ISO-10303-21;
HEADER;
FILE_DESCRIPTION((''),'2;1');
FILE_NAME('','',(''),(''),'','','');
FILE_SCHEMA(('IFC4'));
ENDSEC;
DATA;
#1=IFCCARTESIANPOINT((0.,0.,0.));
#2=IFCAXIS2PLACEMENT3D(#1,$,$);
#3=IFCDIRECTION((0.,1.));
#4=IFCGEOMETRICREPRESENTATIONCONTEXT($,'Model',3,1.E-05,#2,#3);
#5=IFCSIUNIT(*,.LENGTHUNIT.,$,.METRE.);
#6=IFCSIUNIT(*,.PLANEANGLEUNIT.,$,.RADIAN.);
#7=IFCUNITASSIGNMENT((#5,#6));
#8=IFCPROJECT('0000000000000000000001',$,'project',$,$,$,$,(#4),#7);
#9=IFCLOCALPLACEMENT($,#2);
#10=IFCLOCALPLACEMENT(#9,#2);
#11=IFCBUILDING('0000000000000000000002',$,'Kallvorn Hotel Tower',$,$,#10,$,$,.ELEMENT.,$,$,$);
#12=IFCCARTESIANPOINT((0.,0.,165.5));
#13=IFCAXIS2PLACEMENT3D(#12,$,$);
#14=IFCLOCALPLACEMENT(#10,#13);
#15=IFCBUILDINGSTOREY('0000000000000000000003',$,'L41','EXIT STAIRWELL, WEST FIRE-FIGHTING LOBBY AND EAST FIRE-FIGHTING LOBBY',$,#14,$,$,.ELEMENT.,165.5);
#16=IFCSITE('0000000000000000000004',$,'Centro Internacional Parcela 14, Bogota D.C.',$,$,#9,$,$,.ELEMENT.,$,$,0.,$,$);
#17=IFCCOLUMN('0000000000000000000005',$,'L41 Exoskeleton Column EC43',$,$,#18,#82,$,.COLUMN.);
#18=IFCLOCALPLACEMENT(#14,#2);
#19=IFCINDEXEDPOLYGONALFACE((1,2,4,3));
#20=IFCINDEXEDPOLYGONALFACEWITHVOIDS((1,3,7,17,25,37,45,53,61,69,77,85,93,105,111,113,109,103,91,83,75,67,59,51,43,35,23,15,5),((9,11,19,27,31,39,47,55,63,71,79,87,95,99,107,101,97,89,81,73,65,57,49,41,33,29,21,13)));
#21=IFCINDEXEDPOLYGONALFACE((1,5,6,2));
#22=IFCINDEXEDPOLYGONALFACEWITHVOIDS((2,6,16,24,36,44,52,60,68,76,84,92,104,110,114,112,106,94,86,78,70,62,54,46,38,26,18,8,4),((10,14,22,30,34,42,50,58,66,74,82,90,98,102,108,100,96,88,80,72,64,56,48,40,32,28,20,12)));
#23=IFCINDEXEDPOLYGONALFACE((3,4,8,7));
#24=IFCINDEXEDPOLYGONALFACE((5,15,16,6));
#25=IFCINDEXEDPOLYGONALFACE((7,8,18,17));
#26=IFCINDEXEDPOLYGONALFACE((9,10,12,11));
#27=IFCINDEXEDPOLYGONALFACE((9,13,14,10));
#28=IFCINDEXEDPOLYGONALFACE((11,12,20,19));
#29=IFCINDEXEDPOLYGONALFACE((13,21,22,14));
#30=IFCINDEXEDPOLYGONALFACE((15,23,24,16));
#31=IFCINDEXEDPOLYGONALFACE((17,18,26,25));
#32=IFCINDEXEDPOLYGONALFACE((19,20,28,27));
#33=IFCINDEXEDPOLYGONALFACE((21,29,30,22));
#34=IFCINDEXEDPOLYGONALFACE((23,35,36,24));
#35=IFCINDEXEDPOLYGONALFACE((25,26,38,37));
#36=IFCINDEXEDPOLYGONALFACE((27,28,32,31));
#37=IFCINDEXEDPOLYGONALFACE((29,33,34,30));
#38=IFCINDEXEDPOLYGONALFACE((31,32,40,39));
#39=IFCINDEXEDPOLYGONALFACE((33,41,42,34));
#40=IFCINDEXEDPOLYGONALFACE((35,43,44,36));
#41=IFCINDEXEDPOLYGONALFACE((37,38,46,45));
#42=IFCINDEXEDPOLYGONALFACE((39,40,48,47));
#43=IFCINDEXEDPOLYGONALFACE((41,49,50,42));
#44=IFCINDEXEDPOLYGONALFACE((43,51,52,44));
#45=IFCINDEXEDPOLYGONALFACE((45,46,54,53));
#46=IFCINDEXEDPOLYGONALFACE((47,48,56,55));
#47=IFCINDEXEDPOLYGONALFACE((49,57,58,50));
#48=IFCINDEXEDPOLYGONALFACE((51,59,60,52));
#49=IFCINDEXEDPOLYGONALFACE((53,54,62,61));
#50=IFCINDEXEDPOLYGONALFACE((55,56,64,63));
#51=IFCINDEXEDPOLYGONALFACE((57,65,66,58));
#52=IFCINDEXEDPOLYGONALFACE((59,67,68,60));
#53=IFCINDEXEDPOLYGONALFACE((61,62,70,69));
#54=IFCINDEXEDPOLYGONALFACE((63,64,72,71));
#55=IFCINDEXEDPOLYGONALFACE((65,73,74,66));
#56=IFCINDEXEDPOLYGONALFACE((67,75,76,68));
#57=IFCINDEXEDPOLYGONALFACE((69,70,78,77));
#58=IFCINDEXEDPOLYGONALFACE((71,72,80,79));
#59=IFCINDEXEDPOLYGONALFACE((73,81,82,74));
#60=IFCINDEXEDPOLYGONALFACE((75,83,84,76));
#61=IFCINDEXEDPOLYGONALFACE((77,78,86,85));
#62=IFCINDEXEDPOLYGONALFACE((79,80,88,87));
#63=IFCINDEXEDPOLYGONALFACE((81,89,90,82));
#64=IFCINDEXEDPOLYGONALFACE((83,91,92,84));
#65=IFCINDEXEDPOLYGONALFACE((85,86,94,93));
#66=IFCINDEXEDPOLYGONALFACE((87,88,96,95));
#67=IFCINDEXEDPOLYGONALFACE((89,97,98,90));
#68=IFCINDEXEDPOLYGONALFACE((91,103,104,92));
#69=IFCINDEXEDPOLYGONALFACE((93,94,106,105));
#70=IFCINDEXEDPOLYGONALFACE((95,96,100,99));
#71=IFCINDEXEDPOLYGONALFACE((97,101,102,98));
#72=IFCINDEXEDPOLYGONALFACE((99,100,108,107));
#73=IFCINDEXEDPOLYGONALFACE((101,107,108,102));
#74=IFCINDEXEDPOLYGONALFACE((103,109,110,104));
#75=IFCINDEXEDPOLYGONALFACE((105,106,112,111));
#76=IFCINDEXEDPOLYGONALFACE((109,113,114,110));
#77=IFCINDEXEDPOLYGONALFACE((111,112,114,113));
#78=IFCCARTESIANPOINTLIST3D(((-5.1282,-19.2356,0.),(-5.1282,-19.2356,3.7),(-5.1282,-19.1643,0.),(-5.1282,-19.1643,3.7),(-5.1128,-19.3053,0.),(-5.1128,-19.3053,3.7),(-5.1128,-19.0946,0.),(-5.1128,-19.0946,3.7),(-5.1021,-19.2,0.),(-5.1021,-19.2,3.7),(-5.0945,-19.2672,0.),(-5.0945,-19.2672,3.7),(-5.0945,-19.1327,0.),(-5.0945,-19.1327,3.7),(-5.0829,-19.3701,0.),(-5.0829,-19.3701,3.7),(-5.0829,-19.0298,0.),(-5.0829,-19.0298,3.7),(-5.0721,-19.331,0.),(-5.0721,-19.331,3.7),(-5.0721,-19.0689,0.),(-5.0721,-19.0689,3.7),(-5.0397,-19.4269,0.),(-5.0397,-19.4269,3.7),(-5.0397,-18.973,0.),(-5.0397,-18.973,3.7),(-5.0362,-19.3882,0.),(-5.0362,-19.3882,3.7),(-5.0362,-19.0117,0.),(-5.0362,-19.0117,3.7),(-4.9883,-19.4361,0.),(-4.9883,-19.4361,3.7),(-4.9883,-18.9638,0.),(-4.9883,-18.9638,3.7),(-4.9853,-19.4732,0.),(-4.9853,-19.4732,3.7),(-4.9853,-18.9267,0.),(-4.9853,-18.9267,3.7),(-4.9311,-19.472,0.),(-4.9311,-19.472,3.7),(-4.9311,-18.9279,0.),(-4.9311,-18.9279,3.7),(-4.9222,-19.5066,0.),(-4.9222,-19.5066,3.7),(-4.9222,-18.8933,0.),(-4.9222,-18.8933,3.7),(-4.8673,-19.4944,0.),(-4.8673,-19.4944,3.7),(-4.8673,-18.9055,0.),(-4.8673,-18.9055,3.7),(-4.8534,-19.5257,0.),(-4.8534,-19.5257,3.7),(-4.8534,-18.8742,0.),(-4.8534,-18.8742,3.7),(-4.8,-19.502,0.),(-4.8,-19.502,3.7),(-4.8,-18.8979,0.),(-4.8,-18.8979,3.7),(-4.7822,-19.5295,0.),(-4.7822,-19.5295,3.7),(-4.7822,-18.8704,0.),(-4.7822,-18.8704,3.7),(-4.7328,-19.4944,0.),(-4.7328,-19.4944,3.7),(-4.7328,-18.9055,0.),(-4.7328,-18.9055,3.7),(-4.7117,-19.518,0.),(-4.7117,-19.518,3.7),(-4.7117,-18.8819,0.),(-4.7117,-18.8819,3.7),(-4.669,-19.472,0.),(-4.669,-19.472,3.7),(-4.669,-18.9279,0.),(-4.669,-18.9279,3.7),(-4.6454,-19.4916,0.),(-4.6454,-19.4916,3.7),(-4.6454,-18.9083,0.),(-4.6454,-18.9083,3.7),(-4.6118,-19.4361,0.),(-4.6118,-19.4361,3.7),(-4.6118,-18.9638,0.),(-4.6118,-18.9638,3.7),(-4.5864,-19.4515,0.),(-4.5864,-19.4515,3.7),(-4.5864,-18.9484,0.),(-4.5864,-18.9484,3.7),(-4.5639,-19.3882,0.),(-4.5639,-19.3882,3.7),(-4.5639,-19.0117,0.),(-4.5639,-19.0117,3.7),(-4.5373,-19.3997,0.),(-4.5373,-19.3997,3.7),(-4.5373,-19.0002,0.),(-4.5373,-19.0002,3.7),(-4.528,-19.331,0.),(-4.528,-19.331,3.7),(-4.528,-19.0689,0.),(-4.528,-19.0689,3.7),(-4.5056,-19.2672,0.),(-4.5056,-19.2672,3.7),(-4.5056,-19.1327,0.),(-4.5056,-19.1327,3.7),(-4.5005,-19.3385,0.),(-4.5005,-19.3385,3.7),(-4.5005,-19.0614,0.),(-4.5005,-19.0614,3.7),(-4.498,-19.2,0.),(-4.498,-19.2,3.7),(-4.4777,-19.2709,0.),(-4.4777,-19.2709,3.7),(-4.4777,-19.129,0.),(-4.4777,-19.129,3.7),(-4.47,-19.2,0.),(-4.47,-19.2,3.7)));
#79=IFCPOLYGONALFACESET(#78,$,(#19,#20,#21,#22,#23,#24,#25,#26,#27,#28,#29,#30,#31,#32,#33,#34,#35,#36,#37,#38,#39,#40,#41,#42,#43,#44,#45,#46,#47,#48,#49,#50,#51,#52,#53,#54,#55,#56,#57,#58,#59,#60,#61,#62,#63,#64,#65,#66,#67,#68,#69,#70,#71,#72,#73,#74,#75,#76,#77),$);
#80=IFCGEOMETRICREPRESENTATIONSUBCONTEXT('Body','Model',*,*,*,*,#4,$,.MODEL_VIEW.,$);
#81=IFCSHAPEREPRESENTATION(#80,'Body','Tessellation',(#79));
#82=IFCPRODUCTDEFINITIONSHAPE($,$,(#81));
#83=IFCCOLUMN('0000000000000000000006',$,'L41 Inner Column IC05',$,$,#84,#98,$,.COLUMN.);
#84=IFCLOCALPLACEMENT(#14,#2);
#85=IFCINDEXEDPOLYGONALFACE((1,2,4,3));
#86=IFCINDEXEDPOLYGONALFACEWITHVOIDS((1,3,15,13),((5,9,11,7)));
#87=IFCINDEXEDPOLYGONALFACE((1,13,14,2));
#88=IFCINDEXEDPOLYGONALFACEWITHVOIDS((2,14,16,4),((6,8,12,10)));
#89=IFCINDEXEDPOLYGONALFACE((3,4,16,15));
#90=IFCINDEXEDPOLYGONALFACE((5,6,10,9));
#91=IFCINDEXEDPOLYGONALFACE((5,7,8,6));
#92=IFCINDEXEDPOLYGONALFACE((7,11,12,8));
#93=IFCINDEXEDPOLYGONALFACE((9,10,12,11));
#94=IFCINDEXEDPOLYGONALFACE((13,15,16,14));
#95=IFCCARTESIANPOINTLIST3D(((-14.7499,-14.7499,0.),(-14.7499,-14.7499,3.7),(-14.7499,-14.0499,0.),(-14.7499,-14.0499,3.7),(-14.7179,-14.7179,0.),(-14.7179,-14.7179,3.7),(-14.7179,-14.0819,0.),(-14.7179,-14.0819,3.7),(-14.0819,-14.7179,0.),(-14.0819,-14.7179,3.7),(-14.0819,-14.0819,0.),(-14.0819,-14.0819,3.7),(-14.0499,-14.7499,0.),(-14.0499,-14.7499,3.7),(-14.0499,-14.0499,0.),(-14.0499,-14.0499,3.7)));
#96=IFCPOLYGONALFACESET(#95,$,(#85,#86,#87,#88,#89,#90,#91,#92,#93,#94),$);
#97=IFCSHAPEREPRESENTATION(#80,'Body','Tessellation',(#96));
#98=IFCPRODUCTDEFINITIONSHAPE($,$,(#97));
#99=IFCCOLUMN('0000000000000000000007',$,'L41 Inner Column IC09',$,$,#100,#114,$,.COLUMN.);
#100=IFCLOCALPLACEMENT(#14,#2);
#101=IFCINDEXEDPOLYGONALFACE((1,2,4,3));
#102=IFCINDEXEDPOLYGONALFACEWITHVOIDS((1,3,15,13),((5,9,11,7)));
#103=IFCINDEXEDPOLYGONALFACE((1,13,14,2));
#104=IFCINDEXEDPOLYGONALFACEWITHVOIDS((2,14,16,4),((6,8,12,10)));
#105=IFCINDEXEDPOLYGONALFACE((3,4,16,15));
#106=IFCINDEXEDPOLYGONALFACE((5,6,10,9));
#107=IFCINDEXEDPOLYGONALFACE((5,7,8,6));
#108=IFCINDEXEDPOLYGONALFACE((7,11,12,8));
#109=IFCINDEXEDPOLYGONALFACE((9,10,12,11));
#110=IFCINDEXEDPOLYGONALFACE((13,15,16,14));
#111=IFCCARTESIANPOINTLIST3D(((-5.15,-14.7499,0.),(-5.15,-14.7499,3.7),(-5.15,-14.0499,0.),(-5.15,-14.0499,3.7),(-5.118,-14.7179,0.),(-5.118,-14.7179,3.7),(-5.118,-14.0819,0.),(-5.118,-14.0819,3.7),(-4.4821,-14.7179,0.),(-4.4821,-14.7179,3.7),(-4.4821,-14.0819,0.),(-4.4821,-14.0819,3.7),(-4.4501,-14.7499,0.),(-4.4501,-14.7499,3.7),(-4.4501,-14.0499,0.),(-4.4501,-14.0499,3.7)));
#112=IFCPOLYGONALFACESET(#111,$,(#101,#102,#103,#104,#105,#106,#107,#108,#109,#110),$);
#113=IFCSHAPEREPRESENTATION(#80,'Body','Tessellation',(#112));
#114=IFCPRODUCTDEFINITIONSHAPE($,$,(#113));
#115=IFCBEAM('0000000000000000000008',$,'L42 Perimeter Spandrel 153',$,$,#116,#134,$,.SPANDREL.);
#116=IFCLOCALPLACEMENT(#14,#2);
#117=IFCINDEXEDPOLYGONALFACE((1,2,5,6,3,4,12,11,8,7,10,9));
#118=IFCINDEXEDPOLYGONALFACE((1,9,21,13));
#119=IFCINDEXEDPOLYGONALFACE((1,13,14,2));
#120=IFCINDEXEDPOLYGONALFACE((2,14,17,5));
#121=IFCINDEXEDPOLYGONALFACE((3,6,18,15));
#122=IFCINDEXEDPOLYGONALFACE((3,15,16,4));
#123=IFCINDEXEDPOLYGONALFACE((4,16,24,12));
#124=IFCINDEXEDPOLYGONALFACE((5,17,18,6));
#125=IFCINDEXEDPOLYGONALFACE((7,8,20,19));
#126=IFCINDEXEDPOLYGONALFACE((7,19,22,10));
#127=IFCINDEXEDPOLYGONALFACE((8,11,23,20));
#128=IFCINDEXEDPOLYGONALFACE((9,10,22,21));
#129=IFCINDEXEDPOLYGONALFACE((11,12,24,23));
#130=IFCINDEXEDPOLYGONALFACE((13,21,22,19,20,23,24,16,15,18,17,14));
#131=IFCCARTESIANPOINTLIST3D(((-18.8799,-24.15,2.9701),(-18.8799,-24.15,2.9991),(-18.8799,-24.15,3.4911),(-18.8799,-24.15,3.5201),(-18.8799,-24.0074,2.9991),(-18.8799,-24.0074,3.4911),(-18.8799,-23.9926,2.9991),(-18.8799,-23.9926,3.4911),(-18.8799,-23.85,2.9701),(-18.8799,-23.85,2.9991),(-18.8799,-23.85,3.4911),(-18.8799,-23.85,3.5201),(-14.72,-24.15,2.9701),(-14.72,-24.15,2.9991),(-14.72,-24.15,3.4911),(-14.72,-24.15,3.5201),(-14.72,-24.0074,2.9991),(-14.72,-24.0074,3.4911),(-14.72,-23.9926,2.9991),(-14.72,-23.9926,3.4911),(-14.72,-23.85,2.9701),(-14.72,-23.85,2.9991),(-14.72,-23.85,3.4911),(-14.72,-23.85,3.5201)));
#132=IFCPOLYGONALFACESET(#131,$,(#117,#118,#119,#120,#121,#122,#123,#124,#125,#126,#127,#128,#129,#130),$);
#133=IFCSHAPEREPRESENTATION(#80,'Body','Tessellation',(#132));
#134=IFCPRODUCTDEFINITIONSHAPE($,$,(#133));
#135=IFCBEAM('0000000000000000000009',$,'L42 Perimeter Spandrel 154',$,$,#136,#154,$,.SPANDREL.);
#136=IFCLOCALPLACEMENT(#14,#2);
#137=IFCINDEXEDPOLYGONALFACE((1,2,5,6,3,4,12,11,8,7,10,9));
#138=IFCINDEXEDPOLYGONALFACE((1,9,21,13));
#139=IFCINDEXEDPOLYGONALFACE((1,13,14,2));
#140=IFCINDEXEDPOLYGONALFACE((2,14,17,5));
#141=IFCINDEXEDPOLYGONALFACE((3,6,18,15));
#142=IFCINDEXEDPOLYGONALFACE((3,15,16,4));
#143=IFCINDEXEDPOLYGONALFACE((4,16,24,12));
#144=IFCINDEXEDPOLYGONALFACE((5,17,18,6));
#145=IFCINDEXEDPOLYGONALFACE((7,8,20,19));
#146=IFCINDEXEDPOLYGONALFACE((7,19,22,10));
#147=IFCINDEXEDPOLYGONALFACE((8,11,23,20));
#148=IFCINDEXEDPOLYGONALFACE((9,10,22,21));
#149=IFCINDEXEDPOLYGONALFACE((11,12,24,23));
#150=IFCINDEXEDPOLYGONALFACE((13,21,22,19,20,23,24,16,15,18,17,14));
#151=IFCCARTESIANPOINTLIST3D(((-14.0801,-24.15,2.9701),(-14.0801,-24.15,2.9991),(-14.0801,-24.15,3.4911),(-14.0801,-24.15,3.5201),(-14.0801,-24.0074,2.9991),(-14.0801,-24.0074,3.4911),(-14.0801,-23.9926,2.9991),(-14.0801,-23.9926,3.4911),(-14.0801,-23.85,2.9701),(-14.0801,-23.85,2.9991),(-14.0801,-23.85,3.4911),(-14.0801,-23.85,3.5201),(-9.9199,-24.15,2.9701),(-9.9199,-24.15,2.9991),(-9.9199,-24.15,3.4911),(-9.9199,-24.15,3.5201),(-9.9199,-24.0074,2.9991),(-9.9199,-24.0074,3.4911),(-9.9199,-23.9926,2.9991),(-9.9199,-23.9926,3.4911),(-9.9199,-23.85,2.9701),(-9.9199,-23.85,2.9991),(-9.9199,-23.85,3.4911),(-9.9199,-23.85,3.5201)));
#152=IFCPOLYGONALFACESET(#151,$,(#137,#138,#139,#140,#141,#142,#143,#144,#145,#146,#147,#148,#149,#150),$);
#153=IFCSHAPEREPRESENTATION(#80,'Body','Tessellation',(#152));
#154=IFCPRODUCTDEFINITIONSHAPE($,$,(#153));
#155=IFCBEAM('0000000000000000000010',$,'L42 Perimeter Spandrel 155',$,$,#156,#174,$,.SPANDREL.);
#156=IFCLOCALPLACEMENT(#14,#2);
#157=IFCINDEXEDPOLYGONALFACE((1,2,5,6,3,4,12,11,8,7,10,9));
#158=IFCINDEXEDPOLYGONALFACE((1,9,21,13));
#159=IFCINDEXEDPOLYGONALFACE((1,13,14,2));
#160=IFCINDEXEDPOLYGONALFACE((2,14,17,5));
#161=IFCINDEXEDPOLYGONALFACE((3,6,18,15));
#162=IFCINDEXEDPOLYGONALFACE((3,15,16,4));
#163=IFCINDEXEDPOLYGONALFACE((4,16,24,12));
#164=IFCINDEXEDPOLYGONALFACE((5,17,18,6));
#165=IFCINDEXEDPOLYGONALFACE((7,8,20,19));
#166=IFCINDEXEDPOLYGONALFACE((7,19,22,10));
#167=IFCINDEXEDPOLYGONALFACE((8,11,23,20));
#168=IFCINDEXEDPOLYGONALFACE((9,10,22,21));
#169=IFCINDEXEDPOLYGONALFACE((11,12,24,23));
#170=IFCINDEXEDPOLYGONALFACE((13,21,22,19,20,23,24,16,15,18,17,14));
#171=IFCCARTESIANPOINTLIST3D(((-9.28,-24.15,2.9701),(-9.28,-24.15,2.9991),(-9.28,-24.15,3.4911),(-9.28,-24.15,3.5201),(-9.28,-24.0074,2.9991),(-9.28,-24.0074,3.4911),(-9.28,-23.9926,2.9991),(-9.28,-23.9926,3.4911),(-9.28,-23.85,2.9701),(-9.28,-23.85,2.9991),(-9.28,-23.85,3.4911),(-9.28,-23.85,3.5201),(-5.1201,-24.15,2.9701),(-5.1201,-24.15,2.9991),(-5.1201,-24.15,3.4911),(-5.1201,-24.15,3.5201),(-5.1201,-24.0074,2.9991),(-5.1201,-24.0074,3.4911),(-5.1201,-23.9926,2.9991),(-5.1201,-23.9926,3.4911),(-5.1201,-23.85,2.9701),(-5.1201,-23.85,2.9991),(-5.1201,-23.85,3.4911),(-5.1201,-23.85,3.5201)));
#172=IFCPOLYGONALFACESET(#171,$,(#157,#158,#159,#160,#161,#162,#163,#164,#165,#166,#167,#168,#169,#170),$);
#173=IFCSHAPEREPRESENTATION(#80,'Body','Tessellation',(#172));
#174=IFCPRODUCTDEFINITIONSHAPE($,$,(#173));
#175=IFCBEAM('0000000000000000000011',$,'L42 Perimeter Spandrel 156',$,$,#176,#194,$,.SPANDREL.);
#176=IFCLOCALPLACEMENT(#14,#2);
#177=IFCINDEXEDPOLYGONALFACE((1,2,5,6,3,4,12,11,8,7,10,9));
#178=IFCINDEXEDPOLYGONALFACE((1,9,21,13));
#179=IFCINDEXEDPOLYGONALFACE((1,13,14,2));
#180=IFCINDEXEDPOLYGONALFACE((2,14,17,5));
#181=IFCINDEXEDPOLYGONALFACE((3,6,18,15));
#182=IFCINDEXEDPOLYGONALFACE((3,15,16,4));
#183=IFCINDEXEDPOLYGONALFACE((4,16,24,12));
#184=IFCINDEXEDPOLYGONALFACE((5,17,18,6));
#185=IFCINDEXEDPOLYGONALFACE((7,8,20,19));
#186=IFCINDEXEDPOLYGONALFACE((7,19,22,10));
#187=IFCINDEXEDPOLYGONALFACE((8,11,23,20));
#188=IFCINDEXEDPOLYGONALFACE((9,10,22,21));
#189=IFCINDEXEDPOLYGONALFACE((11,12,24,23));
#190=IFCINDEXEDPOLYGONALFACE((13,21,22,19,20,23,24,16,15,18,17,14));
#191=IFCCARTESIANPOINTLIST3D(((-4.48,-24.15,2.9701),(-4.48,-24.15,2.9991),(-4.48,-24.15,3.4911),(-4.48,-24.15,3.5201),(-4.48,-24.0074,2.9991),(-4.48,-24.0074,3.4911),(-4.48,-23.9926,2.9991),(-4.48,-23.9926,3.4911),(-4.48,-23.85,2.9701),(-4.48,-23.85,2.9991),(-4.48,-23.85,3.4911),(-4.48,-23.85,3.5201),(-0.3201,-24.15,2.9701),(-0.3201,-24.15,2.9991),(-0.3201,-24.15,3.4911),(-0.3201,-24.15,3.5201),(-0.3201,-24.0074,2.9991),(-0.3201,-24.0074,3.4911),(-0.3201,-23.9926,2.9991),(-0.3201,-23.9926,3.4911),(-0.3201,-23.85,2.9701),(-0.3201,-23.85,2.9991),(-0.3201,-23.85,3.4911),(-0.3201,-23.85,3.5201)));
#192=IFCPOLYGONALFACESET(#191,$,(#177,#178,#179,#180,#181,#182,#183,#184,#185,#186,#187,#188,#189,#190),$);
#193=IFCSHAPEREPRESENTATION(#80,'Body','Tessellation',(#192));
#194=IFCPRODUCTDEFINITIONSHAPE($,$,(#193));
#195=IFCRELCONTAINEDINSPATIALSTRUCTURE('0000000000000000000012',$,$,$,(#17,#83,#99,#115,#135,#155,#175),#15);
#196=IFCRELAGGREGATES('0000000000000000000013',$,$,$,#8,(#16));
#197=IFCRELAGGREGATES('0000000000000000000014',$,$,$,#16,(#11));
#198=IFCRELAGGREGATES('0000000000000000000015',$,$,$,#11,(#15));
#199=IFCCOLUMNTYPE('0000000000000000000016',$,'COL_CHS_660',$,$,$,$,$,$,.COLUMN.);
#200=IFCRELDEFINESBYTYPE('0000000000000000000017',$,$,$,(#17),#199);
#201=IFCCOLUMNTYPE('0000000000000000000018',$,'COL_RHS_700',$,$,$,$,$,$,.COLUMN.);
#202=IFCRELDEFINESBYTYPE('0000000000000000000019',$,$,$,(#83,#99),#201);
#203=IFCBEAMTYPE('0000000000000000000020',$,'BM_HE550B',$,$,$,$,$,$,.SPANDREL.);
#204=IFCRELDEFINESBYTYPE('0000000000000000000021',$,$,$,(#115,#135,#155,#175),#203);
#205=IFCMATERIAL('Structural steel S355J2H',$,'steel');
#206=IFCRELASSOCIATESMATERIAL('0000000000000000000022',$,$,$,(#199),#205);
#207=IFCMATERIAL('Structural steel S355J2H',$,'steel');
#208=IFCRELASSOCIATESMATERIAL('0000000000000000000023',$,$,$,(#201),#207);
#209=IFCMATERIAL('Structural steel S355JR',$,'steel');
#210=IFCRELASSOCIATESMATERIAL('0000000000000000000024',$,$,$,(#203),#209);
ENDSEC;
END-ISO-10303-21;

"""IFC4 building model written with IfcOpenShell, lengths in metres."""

from ifc_helpers import new_model, si_unit, direction, frame, origin, origin_2d, place, context, subcontext, project, spatial, hollow_rectangle, hollow_circle, i_section, extrude, material, material_profile, profile_set, type_object, element, save


model = new_model("IFC4")

# Units and contexts
model_context = context("Model", 3, precision=1e-05, world=origin(), true_north=direction((0.0, 1.0)))
body_context = subcontext(model_context, "Body", "Model", "MODEL_VIEW")
ifc_project = project(units=[si_unit("LENGTHUNIT", "METRE"), si_unit("PLANEANGLEUNIT", "RADIAN")], contexts=[model_context])

# Site, building, storey
site_placement = place(None, origin())
site = spatial("IfcSite", under=ifc_project, at=site_placement, Name="Centro Internacional Parcela 14, Bogota D.C.", CompositionType="ELEMENT", RefElevation=0.0)
building_placement = place(site_placement, origin())
building = spatial("IfcBuilding", under=site, at=building_placement, Name="Kallvorn Hotel Tower", CompositionType="ELEMENT")
storey_placement = place(building_placement, frame((0.0, 0.0, 165.5)))
storey = spatial("IfcBuildingStorey", under=building, at=storey_placement, Name="L41", Description="EXIT STAIRWELL, WEST FIRE-FIGHTING LOBBY AND EAST FIRE-FIGHTING LOBBY", CompositionType="ELEMENT", Elevation=165.5)

# Columns
ifc_material_1 = material(Name="Structural steel S355J2H", Category="steel")
ifc_material_profile_1 = material_profile(ifc_material_1, hollow_circle(Radius=0.3301, WallThickness=0.0281, at=origin_2d()), Name="CHS 660x28")
ifc_profile_set_1 = profile_set([ifc_material_profile_1], Name="Structural steel S355J2H")
column_type_1 = type_object("IfcColumnType", Name="COL_CHS_660", PredefinedType="COLUMN", material=ifc_profile_set_1)
for number, where, z_axis, x_axis, name in (
    (1, (-4.8, -19.2, 0.0), (0.0, 0.0, 1.0), (1.0, 0.0, 0.0), "L41 Exoskeleton Column EC43"),
):
    element("IfcColumn", number, at=place(storey_placement, frame(where, z_axis=z_axis, x_axis=x_axis)), inside=storey, type_object=column_type_1, Name=name, PredefinedType="COLUMN", context=body_context, shape_type="SweptSolid", body=[
        extrude(hollow_circle(Radius=0.3301, WallThickness=0.0281, at=origin_2d()), origin(), (0.0, 0.0, 1.0), 3.7),
    ])
ifc_material_2 = material(Name="Structural steel S355J2H", Category="steel")
ifc_material_profile_2 = material_profile(ifc_material_2, hollow_rectangle(XDim=0.7, YDim=0.7, WallThickness=0.032, at=origin_2d()), Name="RHS 700x700x32")
ifc_profile_set_2 = profile_set([ifc_material_profile_2], Name="Structural steel S355J2H")
column_type_2 = type_object("IfcColumnType", Name="COL_RHS_700", PredefinedType="COLUMN", material=ifc_profile_set_2)
for number, where, z_axis, x_axis, name in (
    (2, (-14.3999, -14.3999, 0.0), (0.0, 0.0, 1.0), (1.0, 0.0, 0.0), "L41 Inner Column IC05"),
    (3, (-4.8, -14.3999, 0.0), (0.0, 0.0, 1.0), (1.0, 0.0, 0.0), "L41 Inner Column IC09"),
):
    element("IfcColumn", number, at=place(storey_placement, frame(where, z_axis=z_axis, x_axis=x_axis)), inside=storey, type_object=column_type_2, Name=name, PredefinedType="COLUMN", context=body_context, shape_type="SweptSolid", body=[
        extrude(hollow_rectangle(XDim=0.7, YDim=0.7, WallThickness=0.032, at=origin_2d()), origin(), (0.0, 0.0, 1.0), 3.7),
    ])

# Beams
ifc_material_3 = material(Name="Structural steel S355JR", Category="steel")
ifc_material_profile_3 = material_profile(ifc_material_3, i_section(OverallWidth=0.3, OverallDepth=0.55, WebThickness=0.0149, FlangeThickness=0.0291, at=origin_2d()), Name="HE 550 B")
ifc_profile_set_3 = profile_set([ifc_material_profile_3], Name="Structural steel S355JR")
beam_type_1 = type_object("IfcBeamType", Name="BM_HE550B", PredefinedType="SPANDREL", material=ifc_profile_set_3)
beam_1_placement = place(storey_placement, frame((-18.8799, -24.0, 3.2451), z_axis=(1.0, 0.0, 0.0), x_axis=(0.0, 1.0, 0.0)))
element("IfcBeam", 4, at=beam_1_placement, inside=storey, type_object=beam_type_1, Name="L42 Perimeter Spandrel 153", PredefinedType="SPANDREL", context=body_context, shape_type="SweptSolid", body=[
    extrude(i_section(OverallWidth=0.3, OverallDepth=0.55, WebThickness=0.0149, FlangeThickness=0.0291, at=origin_2d()), origin(), (0.0, 0.0, 1.0), 4.1599),
])
beam_2_placement = place(storey_placement, frame((-14.0801, -24.0, 3.2451), z_axis=(1.0, 0.0, 0.0), x_axis=(0.0, 1.0, 0.0)))
element("IfcBeam", 5, at=beam_2_placement, inside=storey, type_object=beam_type_1, Name="L42 Perimeter Spandrel 154", PredefinedType="SPANDREL", context=body_context, shape_type="SweptSolid", body=[
    extrude(i_section(OverallWidth=0.3, OverallDepth=0.55, WebThickness=0.0149, FlangeThickness=0.0291, at=origin_2d()), origin(), (0.0, 0.0, 1.0), 4.1602),
])
for number, where, z_axis, x_axis, name in (
    (6, (-9.28, -24.0, 3.2451), (1.0, 0.0, 0.0), (0.0, 1.0, 0.0), "L42 Perimeter Spandrel 155"),
    (7, (-4.48, -24.0, 3.2451), (1.0, 0.0, 0.0), (0.0, 1.0, 0.0), "L42 Perimeter Spandrel 156"),
):
    element("IfcBeam", number, at=place(storey_placement, frame(where, z_axis=z_axis, x_axis=x_axis)), inside=storey, type_object=beam_type_1, Name=name, PredefinedType="SPANDREL", context=body_context, shape_type="SweptSolid", body=[
        extrude(i_section(OverallWidth=0.3, OverallDepth=0.55, WebThickness=0.0149, FlangeThickness=0.0291, at=origin_2d()), origin(), (0.0, 0.0, 1.0), 4.1599),
    ])

save(model, "model.ifc")
